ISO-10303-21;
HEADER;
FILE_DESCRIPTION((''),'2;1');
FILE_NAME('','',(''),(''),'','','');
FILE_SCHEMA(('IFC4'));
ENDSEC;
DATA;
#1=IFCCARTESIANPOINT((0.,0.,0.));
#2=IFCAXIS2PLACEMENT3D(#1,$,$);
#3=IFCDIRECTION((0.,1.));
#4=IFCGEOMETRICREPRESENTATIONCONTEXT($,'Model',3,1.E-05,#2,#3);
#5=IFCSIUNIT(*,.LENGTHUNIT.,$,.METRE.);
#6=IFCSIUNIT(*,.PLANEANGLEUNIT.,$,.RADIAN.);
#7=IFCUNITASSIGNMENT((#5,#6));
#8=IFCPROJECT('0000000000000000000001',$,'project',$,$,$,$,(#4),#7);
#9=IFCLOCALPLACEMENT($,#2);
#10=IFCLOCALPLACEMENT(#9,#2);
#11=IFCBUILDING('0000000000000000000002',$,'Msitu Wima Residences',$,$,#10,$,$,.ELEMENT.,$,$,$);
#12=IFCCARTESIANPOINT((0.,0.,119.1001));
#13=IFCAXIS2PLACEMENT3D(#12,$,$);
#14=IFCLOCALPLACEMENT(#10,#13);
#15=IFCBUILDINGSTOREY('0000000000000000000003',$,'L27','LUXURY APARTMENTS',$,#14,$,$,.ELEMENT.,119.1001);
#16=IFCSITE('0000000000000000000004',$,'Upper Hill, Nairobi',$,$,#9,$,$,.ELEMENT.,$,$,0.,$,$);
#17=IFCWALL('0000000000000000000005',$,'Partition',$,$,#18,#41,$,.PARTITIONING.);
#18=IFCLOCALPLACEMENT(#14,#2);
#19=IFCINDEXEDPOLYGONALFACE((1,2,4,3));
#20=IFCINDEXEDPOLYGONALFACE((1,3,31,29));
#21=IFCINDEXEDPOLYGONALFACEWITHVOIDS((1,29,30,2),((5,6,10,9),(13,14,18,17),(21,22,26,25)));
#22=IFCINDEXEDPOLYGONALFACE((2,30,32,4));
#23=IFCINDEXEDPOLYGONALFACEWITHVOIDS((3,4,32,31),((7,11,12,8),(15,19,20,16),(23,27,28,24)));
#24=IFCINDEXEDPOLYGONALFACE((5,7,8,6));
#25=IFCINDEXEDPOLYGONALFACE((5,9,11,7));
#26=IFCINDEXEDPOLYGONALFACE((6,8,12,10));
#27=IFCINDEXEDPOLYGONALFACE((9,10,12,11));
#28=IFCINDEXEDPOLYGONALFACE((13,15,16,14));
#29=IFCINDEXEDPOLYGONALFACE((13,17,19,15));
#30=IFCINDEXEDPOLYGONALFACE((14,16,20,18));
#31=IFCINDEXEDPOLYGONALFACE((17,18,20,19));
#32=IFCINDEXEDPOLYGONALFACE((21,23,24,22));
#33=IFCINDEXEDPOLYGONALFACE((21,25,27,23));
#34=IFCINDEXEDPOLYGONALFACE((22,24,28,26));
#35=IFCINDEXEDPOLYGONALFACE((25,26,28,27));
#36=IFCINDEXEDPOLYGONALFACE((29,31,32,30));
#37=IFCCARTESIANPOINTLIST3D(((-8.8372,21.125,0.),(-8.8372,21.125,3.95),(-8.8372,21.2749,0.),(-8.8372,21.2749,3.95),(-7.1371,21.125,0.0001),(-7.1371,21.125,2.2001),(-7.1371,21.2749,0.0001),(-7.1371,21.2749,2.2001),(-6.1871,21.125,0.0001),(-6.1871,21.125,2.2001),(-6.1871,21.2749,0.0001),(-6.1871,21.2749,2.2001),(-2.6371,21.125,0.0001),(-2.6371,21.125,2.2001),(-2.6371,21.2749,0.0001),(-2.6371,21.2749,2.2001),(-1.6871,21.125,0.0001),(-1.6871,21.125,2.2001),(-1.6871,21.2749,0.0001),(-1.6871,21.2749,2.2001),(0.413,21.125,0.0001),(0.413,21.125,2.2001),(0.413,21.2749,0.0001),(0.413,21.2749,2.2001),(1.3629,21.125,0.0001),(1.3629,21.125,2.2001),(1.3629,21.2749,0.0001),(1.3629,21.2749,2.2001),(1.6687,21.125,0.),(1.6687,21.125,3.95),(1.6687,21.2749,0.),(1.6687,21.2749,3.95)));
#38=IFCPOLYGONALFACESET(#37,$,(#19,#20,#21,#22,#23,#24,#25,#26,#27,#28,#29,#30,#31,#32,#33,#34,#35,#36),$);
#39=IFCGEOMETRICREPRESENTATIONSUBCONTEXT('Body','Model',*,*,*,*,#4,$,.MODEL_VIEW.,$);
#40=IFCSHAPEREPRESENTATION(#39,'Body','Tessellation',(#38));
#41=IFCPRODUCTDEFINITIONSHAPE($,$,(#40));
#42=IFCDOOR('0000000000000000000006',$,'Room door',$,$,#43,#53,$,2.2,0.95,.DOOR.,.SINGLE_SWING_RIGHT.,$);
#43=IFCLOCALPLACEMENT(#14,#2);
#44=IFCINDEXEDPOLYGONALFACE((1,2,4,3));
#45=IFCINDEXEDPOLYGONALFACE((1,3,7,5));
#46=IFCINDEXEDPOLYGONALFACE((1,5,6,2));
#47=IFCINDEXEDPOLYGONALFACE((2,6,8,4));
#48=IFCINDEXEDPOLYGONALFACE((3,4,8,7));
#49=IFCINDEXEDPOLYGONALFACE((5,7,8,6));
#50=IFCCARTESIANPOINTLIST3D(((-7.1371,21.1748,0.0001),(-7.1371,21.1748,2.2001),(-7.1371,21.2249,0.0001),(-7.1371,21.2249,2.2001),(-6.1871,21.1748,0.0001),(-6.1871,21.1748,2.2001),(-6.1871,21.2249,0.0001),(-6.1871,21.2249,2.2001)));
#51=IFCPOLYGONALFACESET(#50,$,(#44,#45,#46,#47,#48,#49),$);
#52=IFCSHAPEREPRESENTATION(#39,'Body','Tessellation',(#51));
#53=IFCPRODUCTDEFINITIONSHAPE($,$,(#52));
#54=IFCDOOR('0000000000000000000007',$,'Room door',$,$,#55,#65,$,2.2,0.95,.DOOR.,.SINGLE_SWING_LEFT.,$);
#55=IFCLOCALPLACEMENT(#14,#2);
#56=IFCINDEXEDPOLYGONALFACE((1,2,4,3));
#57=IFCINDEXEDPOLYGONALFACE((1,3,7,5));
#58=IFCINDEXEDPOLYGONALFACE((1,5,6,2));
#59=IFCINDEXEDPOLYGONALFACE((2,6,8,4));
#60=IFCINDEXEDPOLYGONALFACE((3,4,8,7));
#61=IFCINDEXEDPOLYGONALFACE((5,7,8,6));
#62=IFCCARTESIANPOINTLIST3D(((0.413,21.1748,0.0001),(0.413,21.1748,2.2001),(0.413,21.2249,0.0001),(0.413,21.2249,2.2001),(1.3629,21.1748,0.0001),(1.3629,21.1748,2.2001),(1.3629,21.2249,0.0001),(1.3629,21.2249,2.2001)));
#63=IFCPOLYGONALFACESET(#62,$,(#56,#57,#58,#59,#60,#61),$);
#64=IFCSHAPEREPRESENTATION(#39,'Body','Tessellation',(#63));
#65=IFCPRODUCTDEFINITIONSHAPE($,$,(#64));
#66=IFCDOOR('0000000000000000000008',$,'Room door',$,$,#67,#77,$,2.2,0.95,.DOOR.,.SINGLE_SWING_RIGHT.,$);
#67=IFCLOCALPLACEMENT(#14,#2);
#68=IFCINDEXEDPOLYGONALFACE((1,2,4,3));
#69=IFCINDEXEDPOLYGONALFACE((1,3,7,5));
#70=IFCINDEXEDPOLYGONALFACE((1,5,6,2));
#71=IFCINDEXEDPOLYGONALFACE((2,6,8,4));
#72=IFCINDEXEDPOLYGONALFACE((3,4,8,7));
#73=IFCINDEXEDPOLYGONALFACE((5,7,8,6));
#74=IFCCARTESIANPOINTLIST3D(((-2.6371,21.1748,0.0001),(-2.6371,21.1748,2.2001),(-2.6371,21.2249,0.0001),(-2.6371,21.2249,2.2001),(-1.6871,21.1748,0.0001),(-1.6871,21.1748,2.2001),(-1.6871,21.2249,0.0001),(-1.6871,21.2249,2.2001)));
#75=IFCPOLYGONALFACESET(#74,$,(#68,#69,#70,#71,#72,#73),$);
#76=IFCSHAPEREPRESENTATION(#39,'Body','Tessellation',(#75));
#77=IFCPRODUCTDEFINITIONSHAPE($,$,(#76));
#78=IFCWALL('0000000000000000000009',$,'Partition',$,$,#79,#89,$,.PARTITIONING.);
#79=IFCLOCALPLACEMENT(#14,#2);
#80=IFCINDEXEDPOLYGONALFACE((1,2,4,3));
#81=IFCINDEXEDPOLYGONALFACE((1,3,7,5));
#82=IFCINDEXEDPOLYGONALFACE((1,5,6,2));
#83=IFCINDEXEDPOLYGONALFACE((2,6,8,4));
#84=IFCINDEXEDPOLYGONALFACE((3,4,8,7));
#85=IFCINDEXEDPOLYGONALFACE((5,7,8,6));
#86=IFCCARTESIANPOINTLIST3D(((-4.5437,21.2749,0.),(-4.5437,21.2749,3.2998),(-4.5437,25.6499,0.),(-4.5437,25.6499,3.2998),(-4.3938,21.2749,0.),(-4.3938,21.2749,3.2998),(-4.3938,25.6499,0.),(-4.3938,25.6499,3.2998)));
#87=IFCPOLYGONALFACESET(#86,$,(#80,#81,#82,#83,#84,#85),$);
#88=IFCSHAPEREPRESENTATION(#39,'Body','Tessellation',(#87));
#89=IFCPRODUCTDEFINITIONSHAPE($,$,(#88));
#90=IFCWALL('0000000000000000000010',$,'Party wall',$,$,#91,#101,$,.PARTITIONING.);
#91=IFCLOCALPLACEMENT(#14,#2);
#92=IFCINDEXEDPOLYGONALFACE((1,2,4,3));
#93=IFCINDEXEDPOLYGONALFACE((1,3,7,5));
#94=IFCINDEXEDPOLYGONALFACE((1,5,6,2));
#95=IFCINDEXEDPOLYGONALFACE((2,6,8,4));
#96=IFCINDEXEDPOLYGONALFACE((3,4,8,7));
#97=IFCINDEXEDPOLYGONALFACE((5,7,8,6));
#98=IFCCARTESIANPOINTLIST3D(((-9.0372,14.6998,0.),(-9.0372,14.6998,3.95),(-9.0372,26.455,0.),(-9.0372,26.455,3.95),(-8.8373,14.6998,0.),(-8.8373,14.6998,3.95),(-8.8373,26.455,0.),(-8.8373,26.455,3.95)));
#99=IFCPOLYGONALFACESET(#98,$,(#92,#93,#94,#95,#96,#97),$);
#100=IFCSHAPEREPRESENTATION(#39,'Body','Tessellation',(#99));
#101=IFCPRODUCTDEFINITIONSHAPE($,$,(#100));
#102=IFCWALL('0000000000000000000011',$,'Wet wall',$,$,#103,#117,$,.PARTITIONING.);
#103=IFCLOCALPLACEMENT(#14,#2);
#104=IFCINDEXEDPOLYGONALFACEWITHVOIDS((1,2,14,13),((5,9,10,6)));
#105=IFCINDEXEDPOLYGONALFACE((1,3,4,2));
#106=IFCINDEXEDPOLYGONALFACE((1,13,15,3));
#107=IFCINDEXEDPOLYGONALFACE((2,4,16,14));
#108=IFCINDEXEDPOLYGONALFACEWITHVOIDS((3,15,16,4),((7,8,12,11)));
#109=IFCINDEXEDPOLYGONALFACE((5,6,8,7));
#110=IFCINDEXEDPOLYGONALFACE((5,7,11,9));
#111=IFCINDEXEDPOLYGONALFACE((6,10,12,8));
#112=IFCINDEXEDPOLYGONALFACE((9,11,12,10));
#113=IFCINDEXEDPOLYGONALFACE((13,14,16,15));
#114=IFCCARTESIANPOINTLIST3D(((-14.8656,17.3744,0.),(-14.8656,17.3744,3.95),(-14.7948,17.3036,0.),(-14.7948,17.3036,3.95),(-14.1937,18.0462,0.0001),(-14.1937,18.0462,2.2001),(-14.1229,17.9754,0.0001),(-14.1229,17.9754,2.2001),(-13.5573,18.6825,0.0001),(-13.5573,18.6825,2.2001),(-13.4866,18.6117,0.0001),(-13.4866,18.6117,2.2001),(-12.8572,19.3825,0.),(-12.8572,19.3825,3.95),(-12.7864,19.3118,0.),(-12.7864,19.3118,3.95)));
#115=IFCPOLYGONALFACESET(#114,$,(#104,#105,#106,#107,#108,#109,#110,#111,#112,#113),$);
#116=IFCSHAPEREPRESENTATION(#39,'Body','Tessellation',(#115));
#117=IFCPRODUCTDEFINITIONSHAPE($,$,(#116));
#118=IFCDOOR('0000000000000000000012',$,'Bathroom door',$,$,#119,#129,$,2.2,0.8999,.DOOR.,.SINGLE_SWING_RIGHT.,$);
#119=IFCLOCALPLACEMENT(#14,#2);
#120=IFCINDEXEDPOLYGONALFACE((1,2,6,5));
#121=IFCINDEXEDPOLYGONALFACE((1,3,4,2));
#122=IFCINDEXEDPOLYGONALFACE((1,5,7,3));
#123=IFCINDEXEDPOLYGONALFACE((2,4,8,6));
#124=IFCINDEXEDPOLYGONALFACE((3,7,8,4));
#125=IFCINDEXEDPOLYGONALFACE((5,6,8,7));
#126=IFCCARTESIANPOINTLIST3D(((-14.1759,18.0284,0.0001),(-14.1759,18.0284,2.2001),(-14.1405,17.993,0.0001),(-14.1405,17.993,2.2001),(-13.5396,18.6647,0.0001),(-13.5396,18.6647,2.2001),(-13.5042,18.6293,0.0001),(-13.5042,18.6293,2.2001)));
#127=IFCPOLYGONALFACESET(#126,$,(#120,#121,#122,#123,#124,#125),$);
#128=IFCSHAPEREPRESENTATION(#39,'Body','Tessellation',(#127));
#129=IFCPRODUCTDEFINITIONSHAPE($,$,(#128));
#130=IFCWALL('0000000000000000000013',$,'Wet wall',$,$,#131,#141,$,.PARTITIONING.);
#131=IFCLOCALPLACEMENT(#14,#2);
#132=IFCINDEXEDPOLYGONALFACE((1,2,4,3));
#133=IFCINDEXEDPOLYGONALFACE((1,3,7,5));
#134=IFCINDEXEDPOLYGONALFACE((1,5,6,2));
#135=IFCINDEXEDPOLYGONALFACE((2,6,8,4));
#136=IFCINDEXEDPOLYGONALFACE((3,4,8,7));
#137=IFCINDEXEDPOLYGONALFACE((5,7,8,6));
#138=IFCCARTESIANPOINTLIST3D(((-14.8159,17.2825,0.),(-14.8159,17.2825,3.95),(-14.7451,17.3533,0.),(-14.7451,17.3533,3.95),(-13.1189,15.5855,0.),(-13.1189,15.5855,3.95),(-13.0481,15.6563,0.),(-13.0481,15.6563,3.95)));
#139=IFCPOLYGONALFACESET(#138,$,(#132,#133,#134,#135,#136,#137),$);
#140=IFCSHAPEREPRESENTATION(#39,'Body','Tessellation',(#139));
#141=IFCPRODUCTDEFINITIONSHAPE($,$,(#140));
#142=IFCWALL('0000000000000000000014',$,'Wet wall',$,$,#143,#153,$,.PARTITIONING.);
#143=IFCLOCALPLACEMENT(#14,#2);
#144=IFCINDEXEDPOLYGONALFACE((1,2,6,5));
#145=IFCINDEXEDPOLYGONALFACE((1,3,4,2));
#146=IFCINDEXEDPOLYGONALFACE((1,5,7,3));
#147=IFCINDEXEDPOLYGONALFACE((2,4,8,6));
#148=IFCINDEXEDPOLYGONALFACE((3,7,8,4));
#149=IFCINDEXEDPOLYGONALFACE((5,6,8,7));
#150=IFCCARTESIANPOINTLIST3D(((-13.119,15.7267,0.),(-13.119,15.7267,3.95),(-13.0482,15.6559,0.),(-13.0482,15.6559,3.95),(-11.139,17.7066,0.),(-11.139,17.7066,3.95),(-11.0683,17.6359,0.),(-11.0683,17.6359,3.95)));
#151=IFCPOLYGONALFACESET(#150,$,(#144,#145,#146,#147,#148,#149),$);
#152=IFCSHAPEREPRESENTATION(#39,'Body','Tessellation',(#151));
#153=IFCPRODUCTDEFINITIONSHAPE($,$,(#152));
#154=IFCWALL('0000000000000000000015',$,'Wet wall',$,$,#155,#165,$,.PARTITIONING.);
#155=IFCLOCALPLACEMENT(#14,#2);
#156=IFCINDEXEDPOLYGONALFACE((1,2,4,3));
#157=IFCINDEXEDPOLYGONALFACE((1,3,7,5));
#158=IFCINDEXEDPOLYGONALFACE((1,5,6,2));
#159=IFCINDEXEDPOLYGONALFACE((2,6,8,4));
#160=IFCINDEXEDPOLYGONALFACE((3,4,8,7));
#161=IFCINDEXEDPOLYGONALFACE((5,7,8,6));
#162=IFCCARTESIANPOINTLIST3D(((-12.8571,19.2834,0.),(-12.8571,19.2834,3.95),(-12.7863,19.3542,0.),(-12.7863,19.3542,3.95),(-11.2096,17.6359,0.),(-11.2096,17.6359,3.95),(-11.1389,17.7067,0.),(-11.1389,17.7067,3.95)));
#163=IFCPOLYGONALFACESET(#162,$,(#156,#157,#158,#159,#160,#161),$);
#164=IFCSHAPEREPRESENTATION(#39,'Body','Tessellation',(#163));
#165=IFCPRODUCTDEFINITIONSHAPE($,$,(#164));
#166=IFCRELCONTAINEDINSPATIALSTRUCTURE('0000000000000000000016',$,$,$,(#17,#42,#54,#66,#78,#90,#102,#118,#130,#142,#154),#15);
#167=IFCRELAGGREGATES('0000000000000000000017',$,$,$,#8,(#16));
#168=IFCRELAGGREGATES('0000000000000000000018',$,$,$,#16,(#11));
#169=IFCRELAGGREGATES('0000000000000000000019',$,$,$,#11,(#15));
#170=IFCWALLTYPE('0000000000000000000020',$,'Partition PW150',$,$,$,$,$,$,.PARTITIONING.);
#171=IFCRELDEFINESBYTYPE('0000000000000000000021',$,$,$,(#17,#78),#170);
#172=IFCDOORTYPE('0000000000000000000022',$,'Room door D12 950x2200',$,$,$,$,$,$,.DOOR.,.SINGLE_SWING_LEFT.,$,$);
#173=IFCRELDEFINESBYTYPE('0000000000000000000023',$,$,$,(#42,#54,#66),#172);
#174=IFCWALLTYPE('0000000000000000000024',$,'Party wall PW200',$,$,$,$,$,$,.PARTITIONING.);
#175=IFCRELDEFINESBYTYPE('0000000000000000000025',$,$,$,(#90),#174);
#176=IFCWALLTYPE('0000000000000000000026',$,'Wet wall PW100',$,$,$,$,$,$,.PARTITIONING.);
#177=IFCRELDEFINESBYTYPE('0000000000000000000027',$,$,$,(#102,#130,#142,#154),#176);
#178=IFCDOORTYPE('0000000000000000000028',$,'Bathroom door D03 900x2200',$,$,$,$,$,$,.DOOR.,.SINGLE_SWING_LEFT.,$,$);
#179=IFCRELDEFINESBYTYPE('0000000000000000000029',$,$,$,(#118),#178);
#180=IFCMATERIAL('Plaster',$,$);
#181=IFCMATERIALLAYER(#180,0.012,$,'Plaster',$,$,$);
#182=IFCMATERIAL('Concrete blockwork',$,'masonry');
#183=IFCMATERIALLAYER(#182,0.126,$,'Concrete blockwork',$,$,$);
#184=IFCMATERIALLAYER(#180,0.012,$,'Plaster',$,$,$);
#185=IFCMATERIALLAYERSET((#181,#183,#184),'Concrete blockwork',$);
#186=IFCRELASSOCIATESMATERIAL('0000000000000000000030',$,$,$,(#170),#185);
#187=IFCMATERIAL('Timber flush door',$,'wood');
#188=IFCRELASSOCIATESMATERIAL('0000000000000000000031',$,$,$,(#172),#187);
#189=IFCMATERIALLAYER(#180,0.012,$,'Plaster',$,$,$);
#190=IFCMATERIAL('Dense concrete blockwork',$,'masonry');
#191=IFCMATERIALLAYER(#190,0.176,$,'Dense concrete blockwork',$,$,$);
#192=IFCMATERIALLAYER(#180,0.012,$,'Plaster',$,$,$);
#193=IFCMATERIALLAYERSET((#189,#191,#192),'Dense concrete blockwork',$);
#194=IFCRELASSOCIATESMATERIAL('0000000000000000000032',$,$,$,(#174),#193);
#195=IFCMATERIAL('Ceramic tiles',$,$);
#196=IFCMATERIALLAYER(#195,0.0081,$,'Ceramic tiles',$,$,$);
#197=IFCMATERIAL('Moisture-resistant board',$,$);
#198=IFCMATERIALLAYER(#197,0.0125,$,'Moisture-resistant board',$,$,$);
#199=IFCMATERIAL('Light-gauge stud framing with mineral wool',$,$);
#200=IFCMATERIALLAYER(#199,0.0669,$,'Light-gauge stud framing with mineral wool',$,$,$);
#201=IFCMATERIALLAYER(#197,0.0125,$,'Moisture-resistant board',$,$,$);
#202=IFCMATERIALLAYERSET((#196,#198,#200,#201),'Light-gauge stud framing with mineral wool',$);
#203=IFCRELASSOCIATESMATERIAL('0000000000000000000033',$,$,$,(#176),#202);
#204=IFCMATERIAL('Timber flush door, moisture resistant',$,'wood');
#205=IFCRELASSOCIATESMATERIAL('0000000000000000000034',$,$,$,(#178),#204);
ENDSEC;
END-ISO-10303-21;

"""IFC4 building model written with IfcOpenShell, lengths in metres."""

from ifc_helpers import new_model, si_unit, direction, frame, frame_2d, origin, place, context, subcontext, project, spatial, rectangle, extrude, material, layer, layer_set, type_object, element, fill, save


model = new_model("IFC4")

# Units and contexts
model_context = context("Model", 3, precision=1e-05, world=origin(), true_north=direction((0.0, 1.0)))
body_context = subcontext(model_context, "Body", "Model", "MODEL_VIEW")
ifc_project = project(units=[si_unit("LENGTHUNIT", "METRE"), si_unit("PLANEANGLEUNIT", "RADIAN")], contexts=[model_context])

# Site, building, storey
site_placement = place(None, origin())
site = spatial("IfcSite", under=ifc_project, at=site_placement, Name="Upper Hill, Nairobi", CompositionType="ELEMENT", RefElevation=0.0)
building_placement = place(site_placement, origin())
building = spatial("IfcBuilding", under=site, at=building_placement, Name="Msitu Wima Residences", CompositionType="ELEMENT")
storey_placement = place(building_placement, frame((0.0, 0.0, 119.1001)))
storey = spatial("IfcBuildingStorey", under=building, at=storey_placement, Name="L27", Description="LUXURY APARTMENTS", CompositionType="ELEMENT", Elevation=119.1001)

# Shared definitions
ifc_material_1 = material(Name="Plaster")
ifc_layer_1 = layer(ifc_material_1, 0.012, Name="Plaster")
ifc_material_2 = material(Name="Concrete blockwork", Category="masonry")
ifc_layer_2 = layer(ifc_material_2, 0.126, Name="Concrete blockwork")
ifc_layer_3 = layer(ifc_material_1, 0.012, Name="Plaster")
ifc_layer_set_1 = layer_set([ifc_layer_1, ifc_layer_2, ifc_layer_3], Name="Concrete blockwork")
wall_type_1 = type_object("IfcWallType", Name="Partition PW150", PredefinedType="PARTITIONING", material=ifc_layer_set_1)
ifc_material_3 = material(Name="Timber flush door", Category="wood")
door_type_1 = type_object("IfcDoorType", Name="Room door D12 950x2200", OperationType="SINGLE_SWING_LEFT", PredefinedType="DOOR", material=ifc_material_3)

# Wall, openings, doors
wall_1_placement = place(storey_placement, frame((-8.8372, 21.2, 0.0), z_axis=(0.0, 0.0, 1.0), x_axis=(1.0, 0.0, 0.0)))
wall_1 = element("IfcWall", 1, at=wall_1_placement, inside=storey, type_object=wall_type_1, Name="Partition", PredefinedType="PARTITIONING", context=body_context, shape_type="SweptSolid", body=[
    extrude(rectangle(XDim=10.5059, YDim=0.1499, at=frame_2d((5.2529, 0.0))), origin(), (0.0, 0.0, 1.0), 3.95),
])
opening_1_placement = place(wall_1_placement, frame((1.7, 0.0, 0.0)))
opening_1 = element("IfcOpeningElement", 2, at=opening_1_placement, cuts=wall_1, PredefinedType="OPENING", context=body_context, shape_type="SweptSolid", body=[
    extrude(rectangle(XDim=0.95, YDim=2.2, at=frame_2d((0.4751, 1.1001))), frame((0.0, 0.085, 0.0), z_axis=(0.0, -1.0, 0.0), x_axis=(1.0, 0.0, 0.0)), (0.0, 0.0, 1.0), 0.1699),
])
opening_2_placement = place(wall_1_placement, frame((9.25, 0.0, 0.0)))
opening_2 = element("IfcOpeningElement", 3, at=opening_2_placement, cuts=wall_1, PredefinedType="OPENING", context=body_context, shape_type="SweptSolid", body=[
    extrude(rectangle(XDim=0.95, YDim=2.2, at=frame_2d((0.4751, 1.1001))), frame((0.0, 0.085, 0.0), z_axis=(0.0, -1.0, 0.0), x_axis=(1.0, 0.0, 0.0)), (0.0, 0.0, 1.0), 0.1699),
])
opening_3_placement = place(wall_1_placement, frame((6.2, 0.0, 0.0)))
opening_3 = element("IfcOpeningElement", 4, at=opening_3_placement, cuts=wall_1, PredefinedType="OPENING", context=body_context, shape_type="SweptSolid", body=[
    extrude(rectangle(XDim=0.95, YDim=2.2, at=frame_2d((0.4751, 1.1001))), frame((0.0, 0.085, 0.0), z_axis=(0.0, -1.0, 0.0), x_axis=(1.0, 0.0, 0.0)), (0.0, 0.0, 1.0), 0.1699),
])
door_1_placement = place(opening_1_placement, origin())
door_1 = element("IfcDoor", 5, at=door_1_placement, inside=storey, type_object=door_type_1, Name="Room door", OperationType="SINGLE_SWING_RIGHT", OverallHeight=2.2, OverallWidth=0.95, PredefinedType="DOOR", context=body_context, shape_type="SweptSolid", body=[
    extrude(rectangle(XDim=0.95, YDim=2.2, at=frame_2d((0.4751, 1.1001))), frame((0.0, 0.0249, 0.0), z_axis=(0.0, -1.0, 0.0), x_axis=(1.0, 0.0, 0.0)), (0.0, 0.0, 1.0), 0.05),
])
fill(opening_1, door_1)
door_2_placement = place(opening_2_placement, origin())
door_2 = element("IfcDoor", 6, at=door_2_placement, inside=storey, type_object=door_type_1, Name="Room door", OperationType="SINGLE_SWING_LEFT", OverallHeight=2.2, OverallWidth=0.95, PredefinedType="DOOR", context=body_context, shape_type="SweptSolid", body=[
    extrude(rectangle(XDim=0.95, YDim=2.2, at=frame_2d((0.4751, 1.1001))), frame((0.0, 0.0249, 0.0), z_axis=(0.0, -1.0, 0.0), x_axis=(1.0, 0.0, 0.0)), (0.0, 0.0, 1.0), 0.05),
])
fill(opening_2, door_2)
door_3_placement = place(opening_3_placement, origin())
door_3 = element("IfcDoor", 7, at=door_3_placement, inside=storey, type_object=door_type_1, Name="Room door", OperationType="SINGLE_SWING_RIGHT", OverallHeight=2.2, OverallWidth=0.95, PredefinedType="DOOR", context=body_context, shape_type="SweptSolid", body=[
    extrude(rectangle(XDim=0.95, YDim=2.2, at=frame_2d((0.4751, 1.1001))), frame((0.0, 0.0249, 0.0), z_axis=(0.0, -1.0, 0.0), x_axis=(1.0, 0.0, 0.0)), (0.0, 0.0, 1.0), 0.05),
])
fill(opening_3, door_3)

# Walls
wall_2_placement = place(storey_placement, frame((-4.4688, 21.2749, 0.0), z_axis=(0.0, 0.0, 1.0), x_axis=(0.0, 1.0, 0.0)))
element("IfcWall", 8, at=wall_2_placement, inside=storey, type_object=wall_type_1, Name="Partition", PredefinedType="PARTITIONING", context=body_context, shape_type="SweptSolid", body=[
    extrude(rectangle(XDim=4.375, YDim=0.1499, at=frame_2d((2.1875, 0.0))), origin(), (0.0, 0.0, 1.0), 3.2998),
])
ifc_layer_4 = layer(ifc_material_1, 0.012, Name="Plaster")
ifc_material_4 = material(Name="Dense concrete blockwork", Category="masonry")
ifc_layer_5 = layer(ifc_material_4, 0.176, Name="Dense concrete blockwork")
ifc_layer_6 = layer(ifc_material_1, 0.012, Name="Plaster")
ifc_layer_set_2 = layer_set([ifc_layer_4, ifc_layer_5, ifc_layer_6], Name="Dense concrete blockwork")
wall_type_2 = type_object("IfcWallType", Name="Party wall PW200", PredefinedType="PARTITIONING", material=ifc_layer_set_2)
wall_3_placement = place(storey_placement, frame((-8.9373, 14.7, 0.0), z_axis=(0.0, 0.0, 1.0), x_axis=(0.0, 1.0, 0.0)))
element("IfcWall", 9, at=wall_3_placement, inside=storey, type_object=wall_type_2, Name="Party wall", PredefinedType="PARTITIONING", context=body_context, shape_type="SweptSolid", body=[
    extrude(rectangle(XDim=11.7551, YDim=0.2, at=frame_2d((5.8774, 0.0))), origin(), (0.0, 0.0, 1.0), 3.95),
])

# Wall, opening, door
ifc_material_5 = material(Name="Ceramic tiles")
ifc_layer_7 = layer(ifc_material_5, 0.0081, Name="Ceramic tiles")
ifc_material_6 = material(Name="Moisture-resistant board")
ifc_layer_8 = layer(ifc_material_6, 0.0125, Name="Moisture-resistant board")
ifc_material_7 = material(Name="Light-gauge stud framing with mineral wool")
ifc_layer_9 = layer(ifc_material_7, 0.0669, Name="Light-gauge stud framing with mineral wool")
ifc_layer_10 = layer(ifc_material_6, 0.0125, Name="Moisture-resistant board")
ifc_layer_set_3 = layer_set([ifc_layer_7, ifc_layer_8, ifc_layer_9, ifc_layer_10], Name="Light-gauge stud framing with mineral wool")
wall_type_3 = type_object("IfcWallType", Name="Wet wall PW100", PredefinedType="PARTITIONING", material=ifc_layer_set_3)
wall_4_placement = place(storey_placement, frame((-14.8301, 17.3391, 0.0), z_axis=(0.0, 0.0, 1.0), x_axis=(0.70715, 0.707064, 0.0)))
wall_4 = element("IfcWall", 10, at=wall_4_placement, inside=storey, type_object=wall_type_3, Name="Wet wall", PredefinedType="PARTITIONING", context=body_context, shape_type="SweptSolid", body=[
    extrude(rectangle(XDim=2.8401, YDim=0.1001, at=frame_2d((1.4199, 0.0))), origin(), (0.0, 0.0, 1.0), 3.95),
])
opening_4_placement = place(wall_4_placement, frame((0.95, 0.0, 0.0)))
opening_4 = element("IfcOpeningElement", 11, at=opening_4_placement, cuts=wall_4, PredefinedType="OPENING", context=body_context, shape_type="SweptSolid", body=[
    extrude(rectangle(XDim=0.8999, YDim=2.2, at=frame_2d((0.45, 1.1001))), frame((0.0, 0.0601, 0.0), z_axis=(0.0, -1.0, 0.0), x_axis=(1.0, 0.0, 0.0)), (0.0, 0.0, 1.0), 0.1201),
])
ifc_material_8 = material(Name="Timber flush door, moisture resistant", Category="wood")
door_type_2 = type_object("IfcDoorType", Name="Bathroom door D03 900x2200", OperationType="SINGLE_SWING_LEFT", PredefinedType="DOOR", material=ifc_material_8)
door_4_placement = place(opening_4_placement, origin())
door_4 = element("IfcDoor", 12, at=door_4_placement, inside=storey, type_object=door_type_2, Name="Bathroom door", OperationType="SINGLE_SWING_RIGHT", OverallHeight=2.2, OverallWidth=0.8999, PredefinedType="DOOR", context=body_context, shape_type="SweptSolid", body=[
    extrude(rectangle(XDim=0.8999, YDim=2.2, at=frame_2d((0.45, 1.1001))), frame((0.0, 0.0249, 0.0), z_axis=(0.0, -1.0, 0.0), x_axis=(1.0, 0.0, 0.0)), (0.0, 0.0, 1.0), 0.05),
])
fill(opening_4, door_4)

# Walls
wall_5_placement = place(storey_placement, frame((-14.7805, 17.3179, 0.0), z_axis=(0.0, 0.0, 1.0), x_axis=(0.707107, -0.707107, 0.0)))
element("IfcWall", 13, at=wall_5_placement, inside=storey, type_object=wall_type_3, Name="Wet wall", PredefinedType="PARTITIONING", context=body_context, shape_type="SweptSolid", body=[
    extrude(rectangle(XDim=2.3999, YDim=0.1001, at=frame_2d((1.2, 0.0))), origin(), (0.0, 0.0, 1.0), 3.95),
])
wall_6_placement = place(storey_placement, frame((-13.0835, 15.6914, 0.0), z_axis=(0.0, 0.0, 1.0), x_axis=(0.707107, 0.707107, 0.0)))
element("IfcWall", 14, at=wall_6_placement, inside=storey, type_object=wall_type_3, Name="Wet wall", PredefinedType="PARTITIONING", context=body_context, shape_type="SweptSolid", body=[
    extrude(rectangle(XDim=2.8, YDim=0.1001, at=frame_2d((1.3999, 0.0))), origin(), (0.0, 0.0, 1.0), 3.95),
])
wall_7_placement = place(storey_placement, frame((-12.8218, 19.3188, 0.0), z_axis=(0.0, 0.0, 1.0), x_axis=(0.707107, -0.707107, 0.0)))
element("IfcWall", 15, at=wall_7_placement, inside=storey, type_object=wall_type_3, Name="Wet wall", PredefinedType="PARTITIONING", context=body_context, shape_type="SweptSolid", body=[
    extrude(rectangle(XDim=2.3298, YDim=0.1001, at=frame_2d((1.165, 0.0))), origin(), (0.0, 0.0, 1.0), 3.95),
])

save(model, "model.ifc")
